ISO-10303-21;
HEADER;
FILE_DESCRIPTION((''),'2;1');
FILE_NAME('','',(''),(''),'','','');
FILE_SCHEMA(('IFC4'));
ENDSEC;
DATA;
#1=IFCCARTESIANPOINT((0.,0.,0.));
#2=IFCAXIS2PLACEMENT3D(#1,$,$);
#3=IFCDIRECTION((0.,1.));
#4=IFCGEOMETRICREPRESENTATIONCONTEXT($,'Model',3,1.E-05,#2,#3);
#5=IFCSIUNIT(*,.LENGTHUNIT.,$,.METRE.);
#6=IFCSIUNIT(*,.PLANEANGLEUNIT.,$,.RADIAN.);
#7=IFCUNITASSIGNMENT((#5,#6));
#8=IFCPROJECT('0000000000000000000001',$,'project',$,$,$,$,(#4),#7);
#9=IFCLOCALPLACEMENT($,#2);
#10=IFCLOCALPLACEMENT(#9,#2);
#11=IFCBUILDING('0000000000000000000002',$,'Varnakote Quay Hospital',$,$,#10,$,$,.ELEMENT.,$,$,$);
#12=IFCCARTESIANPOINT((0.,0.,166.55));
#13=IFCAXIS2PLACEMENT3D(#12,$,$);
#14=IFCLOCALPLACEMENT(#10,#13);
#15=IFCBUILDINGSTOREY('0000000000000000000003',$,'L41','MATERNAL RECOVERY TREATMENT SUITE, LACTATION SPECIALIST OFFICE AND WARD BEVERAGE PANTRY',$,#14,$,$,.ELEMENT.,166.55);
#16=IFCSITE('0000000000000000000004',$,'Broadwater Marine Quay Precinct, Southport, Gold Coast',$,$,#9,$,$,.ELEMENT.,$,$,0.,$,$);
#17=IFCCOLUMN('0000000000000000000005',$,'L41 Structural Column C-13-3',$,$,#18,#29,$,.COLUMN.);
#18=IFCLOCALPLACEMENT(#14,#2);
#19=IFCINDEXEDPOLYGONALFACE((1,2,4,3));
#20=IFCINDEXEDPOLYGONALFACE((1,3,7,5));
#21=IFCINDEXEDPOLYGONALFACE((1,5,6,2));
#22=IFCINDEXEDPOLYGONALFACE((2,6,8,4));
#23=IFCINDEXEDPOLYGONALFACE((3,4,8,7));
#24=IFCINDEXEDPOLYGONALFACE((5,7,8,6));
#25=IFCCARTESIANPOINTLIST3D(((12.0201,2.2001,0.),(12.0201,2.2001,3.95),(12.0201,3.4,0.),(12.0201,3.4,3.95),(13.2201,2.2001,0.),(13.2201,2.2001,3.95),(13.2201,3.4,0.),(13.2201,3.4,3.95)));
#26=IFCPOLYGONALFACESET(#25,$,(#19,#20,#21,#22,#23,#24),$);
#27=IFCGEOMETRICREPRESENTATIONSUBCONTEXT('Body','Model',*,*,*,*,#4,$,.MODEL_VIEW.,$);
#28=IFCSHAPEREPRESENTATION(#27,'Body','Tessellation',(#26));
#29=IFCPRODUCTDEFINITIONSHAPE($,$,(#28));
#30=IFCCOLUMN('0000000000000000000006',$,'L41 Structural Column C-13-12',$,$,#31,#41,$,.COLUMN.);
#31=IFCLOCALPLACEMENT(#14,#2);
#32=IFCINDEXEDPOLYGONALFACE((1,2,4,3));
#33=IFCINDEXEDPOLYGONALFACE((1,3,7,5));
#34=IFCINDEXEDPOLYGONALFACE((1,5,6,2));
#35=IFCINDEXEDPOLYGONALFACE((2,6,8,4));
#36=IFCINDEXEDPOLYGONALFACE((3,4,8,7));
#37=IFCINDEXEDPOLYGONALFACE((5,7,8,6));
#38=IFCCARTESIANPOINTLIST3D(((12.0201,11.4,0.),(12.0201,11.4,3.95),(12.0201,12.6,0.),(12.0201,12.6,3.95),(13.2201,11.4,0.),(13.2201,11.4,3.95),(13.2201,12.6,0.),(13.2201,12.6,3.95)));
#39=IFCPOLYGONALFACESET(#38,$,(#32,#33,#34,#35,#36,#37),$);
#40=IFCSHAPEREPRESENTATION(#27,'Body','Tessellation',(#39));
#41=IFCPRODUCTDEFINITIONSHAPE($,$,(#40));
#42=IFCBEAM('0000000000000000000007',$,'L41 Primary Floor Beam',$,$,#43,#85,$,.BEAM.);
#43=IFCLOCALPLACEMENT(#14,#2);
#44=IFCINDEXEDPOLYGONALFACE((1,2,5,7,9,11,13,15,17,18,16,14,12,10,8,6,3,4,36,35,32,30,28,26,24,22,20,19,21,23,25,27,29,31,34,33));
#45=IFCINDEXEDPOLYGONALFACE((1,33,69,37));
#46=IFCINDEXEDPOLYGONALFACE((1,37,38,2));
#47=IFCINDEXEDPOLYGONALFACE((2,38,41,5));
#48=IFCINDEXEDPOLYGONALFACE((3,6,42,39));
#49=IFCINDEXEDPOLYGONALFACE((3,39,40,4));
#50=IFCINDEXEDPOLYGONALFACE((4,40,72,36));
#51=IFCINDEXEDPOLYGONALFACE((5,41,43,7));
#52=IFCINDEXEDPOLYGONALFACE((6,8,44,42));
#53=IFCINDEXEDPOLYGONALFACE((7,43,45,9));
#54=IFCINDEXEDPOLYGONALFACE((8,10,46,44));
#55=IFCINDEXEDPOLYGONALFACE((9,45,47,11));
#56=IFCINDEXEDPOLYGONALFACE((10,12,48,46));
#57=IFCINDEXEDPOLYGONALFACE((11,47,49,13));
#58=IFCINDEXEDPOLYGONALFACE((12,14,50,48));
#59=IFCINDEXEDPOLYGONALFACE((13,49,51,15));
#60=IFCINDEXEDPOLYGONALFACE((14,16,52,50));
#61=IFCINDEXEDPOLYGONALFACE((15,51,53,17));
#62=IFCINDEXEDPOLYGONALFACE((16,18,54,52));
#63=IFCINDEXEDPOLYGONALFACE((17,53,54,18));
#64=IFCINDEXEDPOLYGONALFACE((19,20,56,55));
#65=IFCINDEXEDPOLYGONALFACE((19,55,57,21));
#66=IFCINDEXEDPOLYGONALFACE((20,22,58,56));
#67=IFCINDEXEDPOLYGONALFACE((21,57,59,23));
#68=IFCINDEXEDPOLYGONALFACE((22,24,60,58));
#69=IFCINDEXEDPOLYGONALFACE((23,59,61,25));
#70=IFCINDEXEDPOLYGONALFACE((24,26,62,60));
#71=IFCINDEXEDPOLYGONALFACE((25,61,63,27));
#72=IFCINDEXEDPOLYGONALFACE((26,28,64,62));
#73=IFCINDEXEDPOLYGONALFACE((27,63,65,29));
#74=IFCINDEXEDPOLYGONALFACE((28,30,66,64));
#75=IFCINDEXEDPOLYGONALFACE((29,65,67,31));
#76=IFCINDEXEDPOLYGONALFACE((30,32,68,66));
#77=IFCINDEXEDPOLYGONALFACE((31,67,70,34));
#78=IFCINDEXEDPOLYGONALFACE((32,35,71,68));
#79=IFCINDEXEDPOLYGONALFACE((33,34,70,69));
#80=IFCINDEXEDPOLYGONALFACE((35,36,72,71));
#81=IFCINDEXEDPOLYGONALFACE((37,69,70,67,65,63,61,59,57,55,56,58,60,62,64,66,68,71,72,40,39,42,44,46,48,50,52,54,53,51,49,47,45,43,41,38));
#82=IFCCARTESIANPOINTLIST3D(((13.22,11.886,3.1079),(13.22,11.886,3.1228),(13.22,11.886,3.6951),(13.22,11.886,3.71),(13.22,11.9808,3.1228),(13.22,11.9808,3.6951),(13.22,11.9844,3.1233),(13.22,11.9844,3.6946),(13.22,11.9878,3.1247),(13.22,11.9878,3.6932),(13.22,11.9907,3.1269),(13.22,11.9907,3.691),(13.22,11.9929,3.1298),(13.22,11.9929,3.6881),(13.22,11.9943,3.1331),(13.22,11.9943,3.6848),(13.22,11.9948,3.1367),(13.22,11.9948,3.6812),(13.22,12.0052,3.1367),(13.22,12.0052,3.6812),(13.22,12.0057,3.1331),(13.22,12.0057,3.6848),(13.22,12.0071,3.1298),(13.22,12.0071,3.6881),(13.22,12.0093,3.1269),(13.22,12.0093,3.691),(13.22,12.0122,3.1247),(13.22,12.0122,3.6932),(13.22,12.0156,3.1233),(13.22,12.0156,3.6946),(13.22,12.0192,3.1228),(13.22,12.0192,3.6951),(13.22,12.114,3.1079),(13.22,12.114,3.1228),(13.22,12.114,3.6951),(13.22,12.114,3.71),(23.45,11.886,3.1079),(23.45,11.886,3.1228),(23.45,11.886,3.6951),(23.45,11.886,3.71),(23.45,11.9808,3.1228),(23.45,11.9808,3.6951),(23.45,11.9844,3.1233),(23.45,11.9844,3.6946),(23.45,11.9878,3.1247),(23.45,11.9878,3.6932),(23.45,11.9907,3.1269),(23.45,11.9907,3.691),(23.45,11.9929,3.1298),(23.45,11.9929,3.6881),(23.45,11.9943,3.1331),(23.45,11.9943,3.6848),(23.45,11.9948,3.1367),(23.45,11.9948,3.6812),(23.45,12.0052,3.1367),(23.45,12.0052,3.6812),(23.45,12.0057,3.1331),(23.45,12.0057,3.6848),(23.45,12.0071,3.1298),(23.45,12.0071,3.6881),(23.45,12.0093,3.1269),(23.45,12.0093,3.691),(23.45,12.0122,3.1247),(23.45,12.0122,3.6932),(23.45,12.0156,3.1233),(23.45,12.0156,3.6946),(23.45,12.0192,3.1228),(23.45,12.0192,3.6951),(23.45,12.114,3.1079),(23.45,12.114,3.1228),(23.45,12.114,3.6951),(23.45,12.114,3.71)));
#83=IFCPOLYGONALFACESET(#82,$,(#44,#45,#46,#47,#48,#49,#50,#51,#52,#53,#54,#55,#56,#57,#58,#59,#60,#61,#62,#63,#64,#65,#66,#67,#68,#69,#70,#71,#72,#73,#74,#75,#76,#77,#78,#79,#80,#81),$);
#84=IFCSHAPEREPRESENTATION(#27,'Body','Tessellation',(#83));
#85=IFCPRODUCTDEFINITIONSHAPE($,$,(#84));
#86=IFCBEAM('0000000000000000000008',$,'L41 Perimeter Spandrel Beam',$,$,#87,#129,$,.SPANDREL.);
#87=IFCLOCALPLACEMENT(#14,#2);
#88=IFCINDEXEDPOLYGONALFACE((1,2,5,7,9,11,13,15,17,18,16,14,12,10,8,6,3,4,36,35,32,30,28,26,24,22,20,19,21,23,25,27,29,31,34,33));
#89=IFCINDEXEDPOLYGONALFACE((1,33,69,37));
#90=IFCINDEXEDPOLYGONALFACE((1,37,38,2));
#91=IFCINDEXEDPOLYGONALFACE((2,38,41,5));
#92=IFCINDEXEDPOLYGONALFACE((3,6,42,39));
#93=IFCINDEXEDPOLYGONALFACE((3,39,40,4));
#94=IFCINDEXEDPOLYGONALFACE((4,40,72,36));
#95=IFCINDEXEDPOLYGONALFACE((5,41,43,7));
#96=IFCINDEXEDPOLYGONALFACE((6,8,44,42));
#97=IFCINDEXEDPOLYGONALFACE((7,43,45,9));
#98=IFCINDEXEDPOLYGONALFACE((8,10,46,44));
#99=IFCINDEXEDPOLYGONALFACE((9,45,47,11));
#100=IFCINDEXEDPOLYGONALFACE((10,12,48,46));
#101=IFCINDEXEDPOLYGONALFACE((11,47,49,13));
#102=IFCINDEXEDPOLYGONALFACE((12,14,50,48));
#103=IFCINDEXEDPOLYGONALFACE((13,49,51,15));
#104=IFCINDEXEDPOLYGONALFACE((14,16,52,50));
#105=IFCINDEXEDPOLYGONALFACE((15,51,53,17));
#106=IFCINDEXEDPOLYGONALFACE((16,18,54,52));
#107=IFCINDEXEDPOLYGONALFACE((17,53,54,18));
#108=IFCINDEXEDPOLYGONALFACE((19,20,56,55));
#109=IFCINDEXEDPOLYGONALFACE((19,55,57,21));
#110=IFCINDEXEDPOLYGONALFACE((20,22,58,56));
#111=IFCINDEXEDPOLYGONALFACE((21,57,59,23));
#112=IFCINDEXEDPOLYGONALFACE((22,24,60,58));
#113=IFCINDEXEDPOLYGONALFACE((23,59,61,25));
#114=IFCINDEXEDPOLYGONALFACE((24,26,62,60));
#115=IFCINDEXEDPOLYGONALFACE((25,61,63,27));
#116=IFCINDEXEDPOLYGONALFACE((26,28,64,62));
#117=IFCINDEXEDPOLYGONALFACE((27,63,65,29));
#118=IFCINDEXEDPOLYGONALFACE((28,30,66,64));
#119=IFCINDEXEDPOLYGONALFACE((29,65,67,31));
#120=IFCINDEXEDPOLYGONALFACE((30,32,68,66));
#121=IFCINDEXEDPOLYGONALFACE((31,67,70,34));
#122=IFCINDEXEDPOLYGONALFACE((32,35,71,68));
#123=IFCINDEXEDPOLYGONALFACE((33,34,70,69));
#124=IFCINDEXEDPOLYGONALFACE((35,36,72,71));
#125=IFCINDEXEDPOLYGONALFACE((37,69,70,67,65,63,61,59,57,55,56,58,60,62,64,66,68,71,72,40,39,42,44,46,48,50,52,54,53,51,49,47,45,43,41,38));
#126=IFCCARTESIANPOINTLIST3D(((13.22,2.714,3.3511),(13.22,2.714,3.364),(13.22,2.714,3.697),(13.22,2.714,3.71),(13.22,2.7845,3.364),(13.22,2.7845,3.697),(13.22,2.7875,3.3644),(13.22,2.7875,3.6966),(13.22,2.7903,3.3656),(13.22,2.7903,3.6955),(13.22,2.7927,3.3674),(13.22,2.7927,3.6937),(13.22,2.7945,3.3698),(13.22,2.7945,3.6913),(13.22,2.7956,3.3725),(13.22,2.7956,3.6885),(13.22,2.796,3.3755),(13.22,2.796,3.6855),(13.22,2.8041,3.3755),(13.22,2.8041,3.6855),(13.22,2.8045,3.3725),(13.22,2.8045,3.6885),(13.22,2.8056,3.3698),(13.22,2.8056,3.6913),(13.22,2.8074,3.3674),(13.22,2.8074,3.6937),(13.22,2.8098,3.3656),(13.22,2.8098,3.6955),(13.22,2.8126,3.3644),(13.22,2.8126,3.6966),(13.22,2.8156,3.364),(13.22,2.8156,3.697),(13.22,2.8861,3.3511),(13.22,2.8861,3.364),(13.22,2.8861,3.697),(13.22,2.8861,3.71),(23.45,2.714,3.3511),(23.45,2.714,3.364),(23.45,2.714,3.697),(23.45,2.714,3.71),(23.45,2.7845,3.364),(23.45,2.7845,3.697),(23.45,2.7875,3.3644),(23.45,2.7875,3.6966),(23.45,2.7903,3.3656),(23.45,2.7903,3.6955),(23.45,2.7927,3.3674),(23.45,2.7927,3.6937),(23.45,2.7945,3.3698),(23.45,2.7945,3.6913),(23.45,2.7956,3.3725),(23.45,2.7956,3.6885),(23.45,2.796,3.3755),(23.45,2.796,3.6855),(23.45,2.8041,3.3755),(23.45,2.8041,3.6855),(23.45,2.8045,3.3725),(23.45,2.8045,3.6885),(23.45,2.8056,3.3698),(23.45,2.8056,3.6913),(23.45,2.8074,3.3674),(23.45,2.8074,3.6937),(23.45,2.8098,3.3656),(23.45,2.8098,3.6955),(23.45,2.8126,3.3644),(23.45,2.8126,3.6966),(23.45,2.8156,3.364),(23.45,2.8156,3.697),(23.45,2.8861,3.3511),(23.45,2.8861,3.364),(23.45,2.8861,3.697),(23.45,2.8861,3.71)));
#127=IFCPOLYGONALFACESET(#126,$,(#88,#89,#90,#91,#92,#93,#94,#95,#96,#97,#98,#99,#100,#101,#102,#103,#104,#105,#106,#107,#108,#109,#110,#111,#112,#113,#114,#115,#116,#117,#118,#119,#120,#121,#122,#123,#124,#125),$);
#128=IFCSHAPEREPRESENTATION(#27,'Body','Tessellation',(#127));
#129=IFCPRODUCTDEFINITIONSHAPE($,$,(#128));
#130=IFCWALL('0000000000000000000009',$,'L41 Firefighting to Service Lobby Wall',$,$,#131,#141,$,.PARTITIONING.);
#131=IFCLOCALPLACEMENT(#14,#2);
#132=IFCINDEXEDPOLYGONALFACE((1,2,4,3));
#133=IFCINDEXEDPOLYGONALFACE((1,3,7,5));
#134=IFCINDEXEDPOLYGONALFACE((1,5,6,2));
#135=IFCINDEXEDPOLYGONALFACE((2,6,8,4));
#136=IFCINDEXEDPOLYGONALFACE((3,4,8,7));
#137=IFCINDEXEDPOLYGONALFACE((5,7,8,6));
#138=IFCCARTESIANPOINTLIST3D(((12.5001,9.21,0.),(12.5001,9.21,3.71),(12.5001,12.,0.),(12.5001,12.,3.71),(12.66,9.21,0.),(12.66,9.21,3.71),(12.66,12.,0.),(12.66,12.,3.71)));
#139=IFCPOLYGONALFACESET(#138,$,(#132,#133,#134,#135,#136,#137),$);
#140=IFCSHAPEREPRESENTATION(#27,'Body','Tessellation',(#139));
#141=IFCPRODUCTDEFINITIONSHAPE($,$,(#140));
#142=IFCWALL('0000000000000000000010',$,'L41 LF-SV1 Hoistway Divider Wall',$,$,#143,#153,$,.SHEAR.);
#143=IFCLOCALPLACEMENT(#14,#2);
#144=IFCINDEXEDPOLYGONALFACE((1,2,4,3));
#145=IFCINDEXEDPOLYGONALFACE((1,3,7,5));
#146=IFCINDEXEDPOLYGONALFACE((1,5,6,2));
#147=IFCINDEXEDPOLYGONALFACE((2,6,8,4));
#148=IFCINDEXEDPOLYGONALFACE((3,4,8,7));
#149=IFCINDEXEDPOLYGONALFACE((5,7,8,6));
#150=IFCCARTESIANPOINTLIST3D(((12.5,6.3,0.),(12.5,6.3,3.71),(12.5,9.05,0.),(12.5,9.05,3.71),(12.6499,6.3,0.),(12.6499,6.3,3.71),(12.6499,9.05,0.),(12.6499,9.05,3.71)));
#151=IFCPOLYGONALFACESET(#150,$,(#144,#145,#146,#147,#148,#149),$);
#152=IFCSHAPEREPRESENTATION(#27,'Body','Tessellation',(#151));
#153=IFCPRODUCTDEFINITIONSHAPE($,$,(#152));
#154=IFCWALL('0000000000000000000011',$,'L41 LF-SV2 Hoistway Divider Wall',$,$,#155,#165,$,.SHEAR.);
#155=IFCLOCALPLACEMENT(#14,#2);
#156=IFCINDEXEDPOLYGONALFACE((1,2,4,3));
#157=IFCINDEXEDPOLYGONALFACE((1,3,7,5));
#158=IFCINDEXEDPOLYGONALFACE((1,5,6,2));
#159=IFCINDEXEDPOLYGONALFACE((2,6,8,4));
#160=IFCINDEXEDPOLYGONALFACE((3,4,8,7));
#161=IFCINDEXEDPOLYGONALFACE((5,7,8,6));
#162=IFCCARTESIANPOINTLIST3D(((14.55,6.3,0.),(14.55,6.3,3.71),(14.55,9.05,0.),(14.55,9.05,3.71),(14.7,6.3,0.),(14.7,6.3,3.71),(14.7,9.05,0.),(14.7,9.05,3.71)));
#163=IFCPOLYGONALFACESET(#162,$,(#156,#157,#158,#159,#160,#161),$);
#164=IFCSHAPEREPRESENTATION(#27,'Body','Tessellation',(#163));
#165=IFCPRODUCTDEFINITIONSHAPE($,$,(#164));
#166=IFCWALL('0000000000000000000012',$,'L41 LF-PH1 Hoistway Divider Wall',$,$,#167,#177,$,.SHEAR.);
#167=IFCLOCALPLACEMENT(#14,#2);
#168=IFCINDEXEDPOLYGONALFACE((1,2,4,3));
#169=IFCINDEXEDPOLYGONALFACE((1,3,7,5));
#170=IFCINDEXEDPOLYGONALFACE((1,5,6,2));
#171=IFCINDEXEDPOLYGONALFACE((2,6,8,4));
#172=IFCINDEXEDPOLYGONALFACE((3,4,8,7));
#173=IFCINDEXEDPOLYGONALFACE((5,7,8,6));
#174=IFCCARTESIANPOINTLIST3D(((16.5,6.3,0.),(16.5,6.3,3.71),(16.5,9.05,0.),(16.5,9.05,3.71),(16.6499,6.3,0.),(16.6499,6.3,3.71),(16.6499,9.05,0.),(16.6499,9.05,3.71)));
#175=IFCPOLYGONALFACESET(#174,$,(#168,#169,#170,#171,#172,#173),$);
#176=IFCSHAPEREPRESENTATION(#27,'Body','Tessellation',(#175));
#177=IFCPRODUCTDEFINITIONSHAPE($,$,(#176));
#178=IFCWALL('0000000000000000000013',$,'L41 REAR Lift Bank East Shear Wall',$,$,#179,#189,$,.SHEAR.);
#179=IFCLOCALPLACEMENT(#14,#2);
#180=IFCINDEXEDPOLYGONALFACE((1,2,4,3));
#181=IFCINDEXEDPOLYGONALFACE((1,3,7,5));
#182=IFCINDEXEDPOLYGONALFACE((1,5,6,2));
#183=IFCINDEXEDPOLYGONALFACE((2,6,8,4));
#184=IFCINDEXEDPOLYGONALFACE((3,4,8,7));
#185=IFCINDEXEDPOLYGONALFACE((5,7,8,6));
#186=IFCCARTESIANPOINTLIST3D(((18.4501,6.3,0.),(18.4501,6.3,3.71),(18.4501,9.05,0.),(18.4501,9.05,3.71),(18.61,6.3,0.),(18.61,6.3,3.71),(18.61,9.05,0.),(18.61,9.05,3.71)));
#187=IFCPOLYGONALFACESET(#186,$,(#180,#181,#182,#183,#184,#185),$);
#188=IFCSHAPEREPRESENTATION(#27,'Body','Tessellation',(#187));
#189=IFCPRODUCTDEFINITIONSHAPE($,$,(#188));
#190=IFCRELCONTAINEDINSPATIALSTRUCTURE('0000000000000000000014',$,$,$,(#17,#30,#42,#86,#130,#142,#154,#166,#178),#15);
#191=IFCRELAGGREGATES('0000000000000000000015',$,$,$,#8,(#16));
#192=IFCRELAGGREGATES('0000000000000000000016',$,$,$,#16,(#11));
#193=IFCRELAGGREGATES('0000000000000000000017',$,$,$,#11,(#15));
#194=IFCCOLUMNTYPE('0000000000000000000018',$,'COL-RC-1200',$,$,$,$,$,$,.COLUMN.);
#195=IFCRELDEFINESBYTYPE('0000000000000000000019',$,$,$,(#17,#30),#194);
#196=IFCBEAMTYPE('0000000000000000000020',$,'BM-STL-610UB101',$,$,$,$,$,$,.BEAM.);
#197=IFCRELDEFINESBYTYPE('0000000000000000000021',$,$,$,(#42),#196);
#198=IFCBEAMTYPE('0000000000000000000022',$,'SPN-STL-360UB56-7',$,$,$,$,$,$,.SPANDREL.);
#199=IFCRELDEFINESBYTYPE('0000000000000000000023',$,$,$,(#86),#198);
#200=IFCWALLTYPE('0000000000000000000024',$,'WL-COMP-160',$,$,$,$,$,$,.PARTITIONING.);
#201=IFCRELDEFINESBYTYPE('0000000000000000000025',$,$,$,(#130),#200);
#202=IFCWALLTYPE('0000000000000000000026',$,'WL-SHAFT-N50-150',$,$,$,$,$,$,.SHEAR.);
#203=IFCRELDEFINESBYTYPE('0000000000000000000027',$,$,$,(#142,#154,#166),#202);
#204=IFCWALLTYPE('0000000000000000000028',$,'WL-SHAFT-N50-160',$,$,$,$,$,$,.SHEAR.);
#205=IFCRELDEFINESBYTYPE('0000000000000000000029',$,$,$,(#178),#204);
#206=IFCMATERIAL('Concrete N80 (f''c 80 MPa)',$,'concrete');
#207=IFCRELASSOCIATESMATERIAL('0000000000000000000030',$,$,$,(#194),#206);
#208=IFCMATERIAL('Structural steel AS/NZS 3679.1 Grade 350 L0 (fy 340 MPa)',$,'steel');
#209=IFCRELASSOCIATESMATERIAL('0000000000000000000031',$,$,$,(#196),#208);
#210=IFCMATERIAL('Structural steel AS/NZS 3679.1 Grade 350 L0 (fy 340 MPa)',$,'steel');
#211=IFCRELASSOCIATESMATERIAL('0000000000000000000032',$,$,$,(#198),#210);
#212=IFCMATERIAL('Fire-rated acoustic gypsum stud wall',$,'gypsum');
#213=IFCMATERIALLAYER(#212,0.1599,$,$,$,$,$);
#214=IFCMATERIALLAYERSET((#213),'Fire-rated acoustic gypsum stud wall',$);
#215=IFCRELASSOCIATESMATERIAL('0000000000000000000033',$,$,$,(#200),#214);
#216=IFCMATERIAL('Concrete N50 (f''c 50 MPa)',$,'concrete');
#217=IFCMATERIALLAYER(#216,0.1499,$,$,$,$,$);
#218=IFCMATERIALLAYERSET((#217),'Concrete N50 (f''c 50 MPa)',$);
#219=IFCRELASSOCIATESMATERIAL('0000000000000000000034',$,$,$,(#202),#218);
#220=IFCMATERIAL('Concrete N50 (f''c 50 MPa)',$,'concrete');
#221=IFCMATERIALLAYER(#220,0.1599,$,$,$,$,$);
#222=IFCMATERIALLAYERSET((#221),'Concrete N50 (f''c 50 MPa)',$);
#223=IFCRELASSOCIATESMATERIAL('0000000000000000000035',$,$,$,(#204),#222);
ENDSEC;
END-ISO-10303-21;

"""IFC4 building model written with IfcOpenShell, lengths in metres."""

from ifc_helpers import new_model, si_unit, direction, frame, frame_2d, origin, origin_2d, place, context, subcontext, project, spatial, rectangle, i_section, extrude, material, layer, layer_set, material_profile, profile_set, type_object, element, save


model = new_model("IFC4")

# Units and contexts
model_context = context("Model", 3, precision=1e-05, world=origin(), true_north=direction((0.0, 1.0)))
body_context = subcontext(model_context, "Body", "Model", "MODEL_VIEW")
ifc_project = project(units=[si_unit("LENGTHUNIT", "METRE"), si_unit("PLANEANGLEUNIT", "RADIAN")], contexts=[model_context])

# Site, building, storey
site_placement = place(None, origin())
site = spatial("IfcSite", under=ifc_project, at=site_placement, Name="Broadwater Marine Quay Precinct, Southport, Gold Coast", CompositionType="ELEMENT", RefElevation=0.0)
building_placement = place(site_placement, origin())
building = spatial("IfcBuilding", under=site, at=building_placement, Name="Varnakote Quay Hospital", CompositionType="ELEMENT")
storey_placement = place(building_placement, frame((0.0, 0.0, 166.55)))
storey = spatial("IfcBuildingStorey", under=building, at=storey_placement, Name="L41", Description="MATERNAL RECOVERY TREATMENT SUITE, LACTATION SPECIALIST OFFICE AND WARD BEVERAGE PANTRY", CompositionType="ELEMENT", Elevation=166.55)

# Columns
ifc_material_1 = material(Name="Concrete N80 (f'c 80 MPa)", Category="concrete")
ifc_material_profile_1 = material_profile(ifc_material_1, rectangle(XDim=1.2, YDim=1.2, at=origin_2d()), Name="RC-COL-1200x1200")
ifc_profile_set_1 = profile_set([ifc_material_profile_1], Name="Concrete N80 (f'c 80 MPa)")
column_type = type_object("IfcColumnType", Name="COL-RC-1200", PredefinedType="COLUMN", material=ifc_profile_set_1)
for number, where, z_axis, x_axis, name in (
    (1, (12.6201, 2.8, 0.0), (0.0, 0.0, 1.0), (1.0, 0.0, 0.0), "L41 Structural Column C-13-3"),
    (2, (12.6201, 12.0, 0.0), (0.0, 0.0, 1.0), (1.0, 0.0, 0.0), "L41 Structural Column C-13-12"),
):
    element("IfcColumn", number, at=place(storey_placement, frame(where, z_axis=z_axis, x_axis=x_axis)), inside=storey, type_object=column_type, Name=name, PredefinedType="COLUMN", context=body_context, shape_type="SweptSolid", body=[
        extrude(rectangle(XDim=1.2, YDim=1.2, at=origin_2d()), origin(), (0.0, 0.0, 1.0), 3.95),
    ])

# Beams
ifc_material_2 = material(Name="Structural steel AS/NZS 3679.1 Grade 350 L0 (fy 340 MPa)", Category="steel")
ifc_material_profile_2 = material_profile(ifc_material_2, i_section(OverallWidth=0.228, OverallDepth=0.6021, WebThickness=0.0105, FlangeThickness=0.0149, FilletRadius=0.0139, at=origin_2d()), Name="610UB101")
ifc_profile_set_2 = profile_set([ifc_material_profile_2], Name="Structural steel AS/NZS 3679.1 Grade 350 L0 (fy 340 MPa)")
beam_type_1 = type_object("IfcBeamType", Name="BM-STL-610UB101", PredefinedType="BEAM", material=ifc_profile_set_2)
beam_1_placement = place(storey_placement, frame((13.22, 12.0, 3.4089), z_axis=(1.0, 0.0, 0.0), x_axis=(0.0, 1.0, 0.0)))
element("IfcBeam", 3, at=beam_1_placement, inside=storey, type_object=beam_type_1, Name="L41 Primary Floor Beam", PredefinedType="BEAM", context=body_context, shape_type="SweptSolid", body=[
    extrude(i_section(OverallWidth=0.228, OverallDepth=0.6021, WebThickness=0.0105, FlangeThickness=0.0149, FilletRadius=0.0139, at=origin_2d()), origin(), (0.0, 0.0, 1.0), 10.23),
])
ifc_material_3 = material(Name="Structural steel AS/NZS 3679.1 Grade 350 L0 (fy 340 MPa)", Category="steel")
ifc_material_profile_3 = material_profile(ifc_material_3, i_section(OverallWidth=0.1721, OverallDepth=0.3589, WebThickness=0.0081, FlangeThickness=0.0129, FilletRadius=0.0115, at=origin_2d()), Name="360UB56.7")
ifc_profile_set_3 = profile_set([ifc_material_profile_3], Name="Structural steel AS/NZS 3679.1 Grade 350 L0 (fy 340 MPa)")
beam_type_2 = type_object("IfcBeamType", Name="SPN-STL-360UB56-7", PredefinedType="SPANDREL", material=ifc_profile_set_3)
beam_2_placement = place(storey_placement, frame((13.22, 2.8, 3.5305), z_axis=(1.0, 0.0, 0.0), x_axis=(0.0, 1.0, 0.0)))
element("IfcBeam", 4, at=beam_2_placement, inside=storey, type_object=beam_type_2, Name="L41 Perimeter Spandrel Beam", PredefinedType="SPANDREL", context=body_context, shape_type="SweptSolid", body=[
    extrude(i_section(OverallWidth=0.1721, OverallDepth=0.3589, WebThickness=0.0081, FlangeThickness=0.0129, FilletRadius=0.0115, at=origin_2d()), origin(), (0.0, 0.0, 1.0), 10.23),
])

# Walls
ifc_material_4 = material(Name="Fire-rated acoustic gypsum stud wall", Category="gypsum")
ifc_layer_1 = layer(ifc_material_4, 0.1599)
ifc_layer_set_1 = layer_set([ifc_layer_1], Name="Fire-rated acoustic gypsum stud wall")
wall_type_1 = type_object("IfcWallType", Name="WL-COMP-160", PredefinedType="PARTITIONING", material=ifc_layer_set_1)
wall_1_placement = place(storey_placement, frame((12.5801, 9.21, 0.0), z_axis=(0.0, 0.0, 1.0), x_axis=(0.0, 1.0, 0.0)))
element("IfcWall", 5, at=wall_1_placement, inside=storey, type_object=wall_type_1, Name="L41 Firefighting to Service Lobby Wall", PredefinedType="PARTITIONING", context=body_context, shape_type="SweptSolid", body=[
    extrude(rectangle(XDim=2.79, YDim=0.1599, at=frame_2d((1.395, 0.0))), origin(), (0.0, 0.0, 1.0), 3.71),
])
ifc_material_5 = material(Name="Concrete N50 (f'c 50 MPa)", Category="concrete")
ifc_layer_2 = layer(ifc_material_5, 0.1499)
ifc_layer_set_2 = layer_set([ifc_layer_2], Name="Concrete N50 (f'c 50 MPa)")
wall_type_2 = type_object("IfcWallType", Name="WL-SHAFT-N50-150", PredefinedType="SHEAR", material=ifc_layer_set_2)
for number, where, z_axis, x_axis, name in (
    (6, (12.575, 6.3, 0.0), (0.0, 0.0, 1.0), (0.0, 1.0, 0.0), "L41 LF-SV1 Hoistway Divider Wall"),
    (7, (14.625, 6.3, 0.0), (0.0, 0.0, 1.0), (0.0, 1.0, 0.0), "L41 LF-SV2 Hoistway Divider Wall"),
    (8, (16.575, 6.3, 0.0), (0.0, 0.0, 1.0), (0.0, 1.0, 0.0), "L41 LF-PH1 Hoistway Divider Wall"),
):
    element("IfcWall", number, at=place(storey_placement, frame(where, z_axis=z_axis, x_axis=x_axis)), inside=storey, type_object=wall_type_2, Name=name, PredefinedType="SHEAR", context=body_context, shape_type="SweptSolid", body=[
        extrude(rectangle(XDim=2.75, YDim=0.1499, at=frame_2d((1.375, 0.0))), origin(), (0.0, 0.0, 1.0), 3.71),
    ])
ifc_material_6 = material(Name="Concrete N50 (f'c 50 MPa)", Category="concrete")
ifc_layer_3 = layer(ifc_material_6, 0.1599)
ifc_layer_set_3 = layer_set([ifc_layer_3], Name="Concrete N50 (f'c 50 MPa)")
wall_type_3 = type_object("IfcWallType", Name="WL-SHAFT-N50-160", PredefinedType="SHEAR", material=ifc_layer_set_3)
wall_2_placement = place(storey_placement, frame((18.53, 6.3, 0.0), z_axis=(0.0, 0.0, 1.0), x_axis=(0.0, 1.0, 0.0)))
element("IfcWall", 9, at=wall_2_placement, inside=storey, type_object=wall_type_3, Name="L41 REAR Lift Bank East Shear Wall", PredefinedType="SHEAR", context=body_context, shape_type="SweptSolid", body=[
    extrude(rectangle(XDim=2.75, YDim=0.1599, at=frame_2d((1.375, 0.0))), origin(), (0.0, 0.0, 1.0), 3.71),
])

save(model, "model.ifc")
